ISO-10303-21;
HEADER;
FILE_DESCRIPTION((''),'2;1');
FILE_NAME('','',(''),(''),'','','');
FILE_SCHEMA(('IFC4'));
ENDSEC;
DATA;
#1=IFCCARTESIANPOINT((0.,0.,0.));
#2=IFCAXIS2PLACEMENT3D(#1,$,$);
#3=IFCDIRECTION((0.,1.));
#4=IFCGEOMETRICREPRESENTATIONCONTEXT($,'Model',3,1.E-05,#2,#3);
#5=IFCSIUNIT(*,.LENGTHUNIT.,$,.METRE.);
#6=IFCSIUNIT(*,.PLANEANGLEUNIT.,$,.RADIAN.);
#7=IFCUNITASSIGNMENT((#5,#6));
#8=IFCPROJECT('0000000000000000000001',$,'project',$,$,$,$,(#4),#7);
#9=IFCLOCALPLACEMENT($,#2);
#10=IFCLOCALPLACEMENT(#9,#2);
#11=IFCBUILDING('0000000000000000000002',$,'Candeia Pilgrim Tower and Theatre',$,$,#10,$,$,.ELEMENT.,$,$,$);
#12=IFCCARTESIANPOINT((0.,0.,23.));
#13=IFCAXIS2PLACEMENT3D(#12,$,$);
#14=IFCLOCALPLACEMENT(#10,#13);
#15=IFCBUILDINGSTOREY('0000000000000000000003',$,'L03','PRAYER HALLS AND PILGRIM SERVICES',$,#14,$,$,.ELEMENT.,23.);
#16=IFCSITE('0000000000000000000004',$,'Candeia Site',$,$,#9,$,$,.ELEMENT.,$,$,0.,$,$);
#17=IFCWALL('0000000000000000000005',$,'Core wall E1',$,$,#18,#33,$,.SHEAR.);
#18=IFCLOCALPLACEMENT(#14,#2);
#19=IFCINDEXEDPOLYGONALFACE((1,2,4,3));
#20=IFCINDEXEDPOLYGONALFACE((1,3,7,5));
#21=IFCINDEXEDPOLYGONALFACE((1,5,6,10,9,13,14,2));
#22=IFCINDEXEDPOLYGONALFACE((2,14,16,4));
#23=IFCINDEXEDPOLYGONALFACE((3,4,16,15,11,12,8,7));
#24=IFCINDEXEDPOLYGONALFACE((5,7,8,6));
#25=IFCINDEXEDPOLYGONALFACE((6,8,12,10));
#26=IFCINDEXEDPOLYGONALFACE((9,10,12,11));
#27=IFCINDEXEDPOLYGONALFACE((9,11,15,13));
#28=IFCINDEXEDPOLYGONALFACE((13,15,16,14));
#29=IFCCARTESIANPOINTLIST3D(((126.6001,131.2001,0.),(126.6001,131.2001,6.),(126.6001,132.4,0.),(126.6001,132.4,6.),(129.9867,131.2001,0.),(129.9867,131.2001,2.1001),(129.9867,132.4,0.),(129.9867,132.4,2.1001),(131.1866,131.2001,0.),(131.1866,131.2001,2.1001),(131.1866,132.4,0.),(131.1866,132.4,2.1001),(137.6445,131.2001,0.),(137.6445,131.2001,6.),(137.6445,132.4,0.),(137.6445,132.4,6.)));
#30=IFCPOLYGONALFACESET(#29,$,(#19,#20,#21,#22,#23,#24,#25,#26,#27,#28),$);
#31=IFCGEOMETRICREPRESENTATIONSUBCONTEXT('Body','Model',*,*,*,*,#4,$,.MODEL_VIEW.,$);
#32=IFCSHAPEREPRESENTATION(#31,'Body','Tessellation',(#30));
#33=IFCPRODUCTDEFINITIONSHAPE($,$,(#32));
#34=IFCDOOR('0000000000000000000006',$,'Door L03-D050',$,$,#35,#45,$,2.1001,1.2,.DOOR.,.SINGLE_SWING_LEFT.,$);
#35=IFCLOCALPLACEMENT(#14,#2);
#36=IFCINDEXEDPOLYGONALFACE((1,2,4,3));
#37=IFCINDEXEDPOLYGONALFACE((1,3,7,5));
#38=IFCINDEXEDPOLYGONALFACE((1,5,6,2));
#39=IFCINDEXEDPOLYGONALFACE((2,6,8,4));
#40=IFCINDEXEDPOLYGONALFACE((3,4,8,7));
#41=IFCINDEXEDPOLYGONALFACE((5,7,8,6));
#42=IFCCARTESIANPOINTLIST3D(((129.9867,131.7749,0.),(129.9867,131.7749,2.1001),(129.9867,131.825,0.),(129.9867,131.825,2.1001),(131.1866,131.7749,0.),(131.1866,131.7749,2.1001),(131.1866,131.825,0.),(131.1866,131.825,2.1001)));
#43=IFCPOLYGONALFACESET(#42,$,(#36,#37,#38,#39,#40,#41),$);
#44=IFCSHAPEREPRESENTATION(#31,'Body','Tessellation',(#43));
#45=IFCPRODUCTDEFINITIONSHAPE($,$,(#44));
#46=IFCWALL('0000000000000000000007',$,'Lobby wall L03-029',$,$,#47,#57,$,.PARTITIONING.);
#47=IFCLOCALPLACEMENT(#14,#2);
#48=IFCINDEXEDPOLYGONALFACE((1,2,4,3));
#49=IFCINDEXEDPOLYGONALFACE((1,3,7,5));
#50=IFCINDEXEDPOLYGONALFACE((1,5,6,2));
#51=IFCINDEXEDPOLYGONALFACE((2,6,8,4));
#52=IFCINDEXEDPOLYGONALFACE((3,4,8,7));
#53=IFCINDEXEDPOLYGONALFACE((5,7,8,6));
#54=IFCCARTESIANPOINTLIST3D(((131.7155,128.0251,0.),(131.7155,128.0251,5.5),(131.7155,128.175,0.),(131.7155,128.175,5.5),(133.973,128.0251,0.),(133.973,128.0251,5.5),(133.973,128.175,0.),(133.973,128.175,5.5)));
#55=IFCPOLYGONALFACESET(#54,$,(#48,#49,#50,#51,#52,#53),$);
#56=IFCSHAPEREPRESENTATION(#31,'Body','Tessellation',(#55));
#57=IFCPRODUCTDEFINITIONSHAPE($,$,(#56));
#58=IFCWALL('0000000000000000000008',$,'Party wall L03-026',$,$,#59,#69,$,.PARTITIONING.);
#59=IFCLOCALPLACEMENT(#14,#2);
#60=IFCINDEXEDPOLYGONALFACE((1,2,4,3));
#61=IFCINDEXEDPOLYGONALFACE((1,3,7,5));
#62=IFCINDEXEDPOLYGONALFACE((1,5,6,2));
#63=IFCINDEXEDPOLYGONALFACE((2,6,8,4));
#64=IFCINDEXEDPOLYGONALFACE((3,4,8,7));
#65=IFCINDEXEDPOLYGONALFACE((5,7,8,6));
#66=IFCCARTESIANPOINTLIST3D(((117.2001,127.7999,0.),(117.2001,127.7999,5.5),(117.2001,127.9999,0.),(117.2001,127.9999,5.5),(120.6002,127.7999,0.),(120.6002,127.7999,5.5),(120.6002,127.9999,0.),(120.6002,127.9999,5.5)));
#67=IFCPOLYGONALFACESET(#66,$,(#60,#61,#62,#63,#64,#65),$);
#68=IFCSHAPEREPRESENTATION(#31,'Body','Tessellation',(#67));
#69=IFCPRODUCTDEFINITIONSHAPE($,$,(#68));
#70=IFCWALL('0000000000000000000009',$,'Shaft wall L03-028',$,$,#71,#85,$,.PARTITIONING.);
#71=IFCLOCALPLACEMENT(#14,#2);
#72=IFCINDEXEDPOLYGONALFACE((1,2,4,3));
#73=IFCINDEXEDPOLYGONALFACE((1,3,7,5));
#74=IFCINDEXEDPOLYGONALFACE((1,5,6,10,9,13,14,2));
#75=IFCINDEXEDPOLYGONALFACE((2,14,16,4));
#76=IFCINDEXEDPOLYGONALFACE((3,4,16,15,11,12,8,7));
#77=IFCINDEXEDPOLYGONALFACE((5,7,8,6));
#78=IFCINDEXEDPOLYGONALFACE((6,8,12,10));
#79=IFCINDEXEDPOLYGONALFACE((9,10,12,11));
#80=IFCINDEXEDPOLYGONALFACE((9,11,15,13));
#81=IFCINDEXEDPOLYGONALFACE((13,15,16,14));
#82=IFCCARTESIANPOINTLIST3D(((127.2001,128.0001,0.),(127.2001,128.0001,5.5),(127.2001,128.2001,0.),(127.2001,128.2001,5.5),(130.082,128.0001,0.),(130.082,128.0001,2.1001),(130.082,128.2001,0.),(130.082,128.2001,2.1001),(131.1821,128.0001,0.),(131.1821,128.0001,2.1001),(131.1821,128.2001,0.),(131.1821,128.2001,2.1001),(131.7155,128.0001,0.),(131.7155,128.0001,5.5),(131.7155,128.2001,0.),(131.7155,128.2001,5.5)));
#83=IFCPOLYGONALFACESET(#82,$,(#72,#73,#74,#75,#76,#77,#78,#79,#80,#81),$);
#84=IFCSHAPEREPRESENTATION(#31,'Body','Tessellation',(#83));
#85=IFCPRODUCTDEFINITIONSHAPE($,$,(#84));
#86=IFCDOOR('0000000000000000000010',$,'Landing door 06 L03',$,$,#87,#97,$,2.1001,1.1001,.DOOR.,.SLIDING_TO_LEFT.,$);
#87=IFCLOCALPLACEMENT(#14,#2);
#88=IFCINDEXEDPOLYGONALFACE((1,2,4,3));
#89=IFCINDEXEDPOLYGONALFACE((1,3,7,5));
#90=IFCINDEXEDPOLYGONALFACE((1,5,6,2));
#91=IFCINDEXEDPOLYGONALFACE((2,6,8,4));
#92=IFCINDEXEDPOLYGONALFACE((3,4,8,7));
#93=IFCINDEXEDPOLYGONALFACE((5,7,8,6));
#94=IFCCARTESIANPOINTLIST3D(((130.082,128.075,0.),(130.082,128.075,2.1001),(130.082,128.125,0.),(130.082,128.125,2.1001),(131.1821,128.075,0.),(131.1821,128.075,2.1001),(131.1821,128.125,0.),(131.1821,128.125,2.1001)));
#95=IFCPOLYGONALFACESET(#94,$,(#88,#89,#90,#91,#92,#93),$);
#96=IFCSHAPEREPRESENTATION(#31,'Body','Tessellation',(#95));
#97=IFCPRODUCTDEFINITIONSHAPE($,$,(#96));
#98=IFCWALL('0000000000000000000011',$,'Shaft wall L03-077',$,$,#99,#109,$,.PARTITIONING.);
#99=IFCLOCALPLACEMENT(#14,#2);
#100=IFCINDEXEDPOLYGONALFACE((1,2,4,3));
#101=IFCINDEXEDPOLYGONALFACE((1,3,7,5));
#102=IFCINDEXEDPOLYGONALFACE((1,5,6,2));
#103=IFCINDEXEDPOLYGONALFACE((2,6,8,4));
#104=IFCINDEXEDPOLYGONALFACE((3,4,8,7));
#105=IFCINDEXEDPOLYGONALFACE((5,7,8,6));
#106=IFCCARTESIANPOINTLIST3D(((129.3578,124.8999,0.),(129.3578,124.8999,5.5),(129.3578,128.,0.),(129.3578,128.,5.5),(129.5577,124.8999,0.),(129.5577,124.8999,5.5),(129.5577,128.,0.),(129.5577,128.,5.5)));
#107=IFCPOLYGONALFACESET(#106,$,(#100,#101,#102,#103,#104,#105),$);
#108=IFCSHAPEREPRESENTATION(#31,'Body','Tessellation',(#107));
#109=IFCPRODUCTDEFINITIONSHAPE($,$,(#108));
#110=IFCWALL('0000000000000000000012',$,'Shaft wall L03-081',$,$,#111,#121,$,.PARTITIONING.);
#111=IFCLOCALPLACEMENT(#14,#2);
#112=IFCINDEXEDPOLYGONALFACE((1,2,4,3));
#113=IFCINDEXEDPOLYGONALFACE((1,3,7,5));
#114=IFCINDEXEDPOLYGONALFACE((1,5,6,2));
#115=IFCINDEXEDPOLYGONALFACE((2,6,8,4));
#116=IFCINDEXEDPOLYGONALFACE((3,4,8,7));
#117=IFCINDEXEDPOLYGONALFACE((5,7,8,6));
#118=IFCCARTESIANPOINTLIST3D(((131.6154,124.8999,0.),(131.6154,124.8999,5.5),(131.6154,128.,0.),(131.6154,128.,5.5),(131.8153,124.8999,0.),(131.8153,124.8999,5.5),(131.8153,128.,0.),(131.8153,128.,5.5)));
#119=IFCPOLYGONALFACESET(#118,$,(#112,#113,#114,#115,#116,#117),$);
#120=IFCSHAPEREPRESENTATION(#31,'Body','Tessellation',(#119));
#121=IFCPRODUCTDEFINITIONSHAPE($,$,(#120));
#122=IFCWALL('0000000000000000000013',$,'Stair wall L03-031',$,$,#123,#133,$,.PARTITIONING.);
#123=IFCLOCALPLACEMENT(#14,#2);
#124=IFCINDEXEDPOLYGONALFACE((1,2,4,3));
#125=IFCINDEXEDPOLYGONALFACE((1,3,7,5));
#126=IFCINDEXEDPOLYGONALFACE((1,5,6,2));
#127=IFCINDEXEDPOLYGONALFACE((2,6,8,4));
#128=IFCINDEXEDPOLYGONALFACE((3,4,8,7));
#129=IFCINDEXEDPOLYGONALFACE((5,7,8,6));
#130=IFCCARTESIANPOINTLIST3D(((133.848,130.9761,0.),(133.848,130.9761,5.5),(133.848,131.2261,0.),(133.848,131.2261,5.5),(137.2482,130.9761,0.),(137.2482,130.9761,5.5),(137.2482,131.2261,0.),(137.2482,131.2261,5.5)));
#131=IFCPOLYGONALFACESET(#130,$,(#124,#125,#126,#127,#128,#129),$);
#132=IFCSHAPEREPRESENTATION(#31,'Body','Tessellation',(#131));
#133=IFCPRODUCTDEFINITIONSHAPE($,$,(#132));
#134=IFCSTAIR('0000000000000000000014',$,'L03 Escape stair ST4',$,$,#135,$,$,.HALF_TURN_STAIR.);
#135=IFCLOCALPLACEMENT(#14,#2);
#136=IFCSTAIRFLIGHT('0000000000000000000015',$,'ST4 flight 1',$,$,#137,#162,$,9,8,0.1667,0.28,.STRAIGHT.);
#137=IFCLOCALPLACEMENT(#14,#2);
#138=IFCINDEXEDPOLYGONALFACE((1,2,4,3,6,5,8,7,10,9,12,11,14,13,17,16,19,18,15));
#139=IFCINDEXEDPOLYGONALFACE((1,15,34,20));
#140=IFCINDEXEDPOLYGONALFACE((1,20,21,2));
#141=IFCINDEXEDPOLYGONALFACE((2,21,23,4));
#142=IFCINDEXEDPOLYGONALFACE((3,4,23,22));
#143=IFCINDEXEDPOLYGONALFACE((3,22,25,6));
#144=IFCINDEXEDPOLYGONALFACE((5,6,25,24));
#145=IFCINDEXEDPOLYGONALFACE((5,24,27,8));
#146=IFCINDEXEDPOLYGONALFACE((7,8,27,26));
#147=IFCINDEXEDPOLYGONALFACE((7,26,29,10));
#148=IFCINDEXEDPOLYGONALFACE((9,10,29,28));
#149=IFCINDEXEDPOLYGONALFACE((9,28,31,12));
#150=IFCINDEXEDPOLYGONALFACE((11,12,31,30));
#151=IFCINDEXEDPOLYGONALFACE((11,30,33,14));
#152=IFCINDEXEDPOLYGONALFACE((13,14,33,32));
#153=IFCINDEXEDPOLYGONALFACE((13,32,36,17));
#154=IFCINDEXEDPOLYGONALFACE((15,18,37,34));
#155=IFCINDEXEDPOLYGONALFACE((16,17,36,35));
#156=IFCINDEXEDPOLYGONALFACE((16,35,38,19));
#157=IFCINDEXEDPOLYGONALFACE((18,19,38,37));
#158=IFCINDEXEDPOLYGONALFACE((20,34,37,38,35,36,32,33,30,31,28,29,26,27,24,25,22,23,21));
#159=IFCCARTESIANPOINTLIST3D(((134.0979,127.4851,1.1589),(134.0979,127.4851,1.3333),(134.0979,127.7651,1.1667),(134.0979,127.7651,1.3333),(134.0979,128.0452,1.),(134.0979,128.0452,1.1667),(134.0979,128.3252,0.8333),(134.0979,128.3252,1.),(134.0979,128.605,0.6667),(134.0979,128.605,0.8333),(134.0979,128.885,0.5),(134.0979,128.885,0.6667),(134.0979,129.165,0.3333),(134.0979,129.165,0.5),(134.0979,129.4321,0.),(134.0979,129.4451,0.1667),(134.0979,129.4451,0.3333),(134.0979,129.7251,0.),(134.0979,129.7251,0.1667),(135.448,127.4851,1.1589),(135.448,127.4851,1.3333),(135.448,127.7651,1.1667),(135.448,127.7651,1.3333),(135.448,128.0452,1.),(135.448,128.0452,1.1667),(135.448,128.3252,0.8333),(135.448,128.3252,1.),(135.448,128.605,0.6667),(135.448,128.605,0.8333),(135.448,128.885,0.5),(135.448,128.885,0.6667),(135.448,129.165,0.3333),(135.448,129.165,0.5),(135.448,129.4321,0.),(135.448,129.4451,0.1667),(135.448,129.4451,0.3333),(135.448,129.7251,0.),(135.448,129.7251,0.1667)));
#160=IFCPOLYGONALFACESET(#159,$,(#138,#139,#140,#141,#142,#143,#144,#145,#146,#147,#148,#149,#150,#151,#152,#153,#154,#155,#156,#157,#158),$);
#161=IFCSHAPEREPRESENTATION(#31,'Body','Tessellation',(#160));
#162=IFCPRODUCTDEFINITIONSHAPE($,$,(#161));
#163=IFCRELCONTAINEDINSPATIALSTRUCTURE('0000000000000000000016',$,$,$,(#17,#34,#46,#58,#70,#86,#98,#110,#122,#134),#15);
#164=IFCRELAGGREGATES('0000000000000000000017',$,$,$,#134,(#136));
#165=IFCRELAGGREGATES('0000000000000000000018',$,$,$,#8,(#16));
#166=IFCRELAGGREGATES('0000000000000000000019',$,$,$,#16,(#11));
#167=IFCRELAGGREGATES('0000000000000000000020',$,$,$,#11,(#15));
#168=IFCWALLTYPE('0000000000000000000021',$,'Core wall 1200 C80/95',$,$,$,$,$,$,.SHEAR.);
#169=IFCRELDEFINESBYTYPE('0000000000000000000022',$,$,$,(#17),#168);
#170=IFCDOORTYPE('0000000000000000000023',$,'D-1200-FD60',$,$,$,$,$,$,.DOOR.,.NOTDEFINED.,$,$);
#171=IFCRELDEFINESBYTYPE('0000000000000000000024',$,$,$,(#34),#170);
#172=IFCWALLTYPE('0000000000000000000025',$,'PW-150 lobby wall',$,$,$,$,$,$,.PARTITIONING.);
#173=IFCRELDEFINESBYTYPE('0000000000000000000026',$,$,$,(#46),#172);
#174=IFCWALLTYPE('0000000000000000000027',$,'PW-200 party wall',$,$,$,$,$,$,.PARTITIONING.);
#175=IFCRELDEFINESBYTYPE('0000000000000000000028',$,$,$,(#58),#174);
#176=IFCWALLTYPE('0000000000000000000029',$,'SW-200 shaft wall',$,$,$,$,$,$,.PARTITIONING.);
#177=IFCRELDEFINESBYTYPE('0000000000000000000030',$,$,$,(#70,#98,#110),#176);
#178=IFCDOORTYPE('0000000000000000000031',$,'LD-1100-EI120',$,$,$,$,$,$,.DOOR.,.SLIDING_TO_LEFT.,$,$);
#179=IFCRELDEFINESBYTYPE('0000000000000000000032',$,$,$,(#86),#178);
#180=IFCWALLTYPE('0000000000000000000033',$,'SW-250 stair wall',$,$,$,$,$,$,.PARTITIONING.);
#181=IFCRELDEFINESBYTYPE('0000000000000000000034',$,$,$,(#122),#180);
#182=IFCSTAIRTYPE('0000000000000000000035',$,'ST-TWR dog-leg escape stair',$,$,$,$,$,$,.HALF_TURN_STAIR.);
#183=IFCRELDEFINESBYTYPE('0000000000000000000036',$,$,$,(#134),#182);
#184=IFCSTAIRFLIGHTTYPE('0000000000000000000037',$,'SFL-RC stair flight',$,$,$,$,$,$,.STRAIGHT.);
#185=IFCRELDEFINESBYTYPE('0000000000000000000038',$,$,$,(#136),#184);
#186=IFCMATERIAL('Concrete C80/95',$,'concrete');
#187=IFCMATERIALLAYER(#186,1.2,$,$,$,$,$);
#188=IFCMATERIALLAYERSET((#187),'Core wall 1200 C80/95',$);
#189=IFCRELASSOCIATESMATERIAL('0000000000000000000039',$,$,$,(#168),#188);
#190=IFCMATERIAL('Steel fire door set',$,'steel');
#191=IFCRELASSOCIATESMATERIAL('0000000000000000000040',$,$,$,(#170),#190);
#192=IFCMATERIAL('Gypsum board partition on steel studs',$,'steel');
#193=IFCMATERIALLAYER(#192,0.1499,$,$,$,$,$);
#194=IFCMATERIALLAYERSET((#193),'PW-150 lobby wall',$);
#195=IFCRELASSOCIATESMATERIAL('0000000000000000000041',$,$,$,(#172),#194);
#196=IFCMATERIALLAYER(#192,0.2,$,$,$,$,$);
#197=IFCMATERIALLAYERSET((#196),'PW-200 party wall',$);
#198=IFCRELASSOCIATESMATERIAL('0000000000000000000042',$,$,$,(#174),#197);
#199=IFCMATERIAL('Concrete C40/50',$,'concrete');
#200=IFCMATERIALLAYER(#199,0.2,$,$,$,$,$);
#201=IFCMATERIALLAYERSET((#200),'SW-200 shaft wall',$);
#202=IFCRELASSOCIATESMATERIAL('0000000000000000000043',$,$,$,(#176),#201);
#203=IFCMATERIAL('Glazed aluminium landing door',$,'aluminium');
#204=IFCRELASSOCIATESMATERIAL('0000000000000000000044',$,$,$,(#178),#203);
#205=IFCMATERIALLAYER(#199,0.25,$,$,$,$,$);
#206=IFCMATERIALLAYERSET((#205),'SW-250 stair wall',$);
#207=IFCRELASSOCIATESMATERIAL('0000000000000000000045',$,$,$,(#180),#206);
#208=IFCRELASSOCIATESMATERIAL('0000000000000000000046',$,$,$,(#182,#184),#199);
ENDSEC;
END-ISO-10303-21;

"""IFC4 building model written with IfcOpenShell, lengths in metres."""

from ifc_helpers import new_model, si_unit, direction, frame, frame_2d, origin, place, context, subcontext, project, spatial, polyline, rectangle, outline, extrude, material, layer, layer_set, type_object, element, fill, aggregate, save


model = new_model("IFC4")

# Units and contexts
model_context = context("Model", 3, precision=1e-05, world=origin(), true_north=direction((0.0, 1.0)))
body_context = subcontext(model_context, "Body", "Model", "MODEL_VIEW")
ifc_project = project(units=[si_unit("LENGTHUNIT", "METRE"), si_unit("PLANEANGLEUNIT", "RADIAN")], contexts=[model_context])

# Site, building, storey
site_placement = place(None, origin())
site = spatial("IfcSite", under=ifc_project, at=site_placement, Name="Candeia Site", CompositionType="ELEMENT", RefElevation=0.0)
building_placement = place(site_placement, origin())
building = spatial("IfcBuilding", under=site, at=building_placement, Name="Candeia Pilgrim Tower and Theatre", CompositionType="ELEMENT")
storey_placement = place(building_placement, frame((0.0, 0.0, 23.0)))
storey = spatial("IfcBuildingStorey", under=building, at=storey_placement, Name="L03", Description="PRAYER HALLS AND PILGRIM SERVICES", CompositionType="ELEMENT", Elevation=23.0)

# Shared definitions
ifc_material_1 = material(Name="Concrete C80/95", Category="concrete")

# Wall, opening, door
ifc_layer_1 = layer(ifc_material_1, 1.2)
ifc_layer_set_1 = layer_set([ifc_layer_1], Name="Core wall 1200 C80/95")
wall_type_1 = type_object("IfcWallType", Name="Core wall 1200 C80/95", PredefinedType="SHEAR", material=ifc_layer_set_1)
wall_1_placement = place(storey_placement, frame((126.6001, 131.8, 0.0), z_axis=(0.0, 0.0, 1.0), x_axis=(1.0, 0.0, 0.0)))
wall_1 = element("IfcWall", 1, at=wall_1_placement, inside=storey, type_object=wall_type_1, Name="Core wall E1", PredefinedType="SHEAR", context=body_context, shape_type="SweptSolid", body=[
    extrude(rectangle(XDim=11.0444, YDim=1.2, at=frame_2d((5.5222, 0.0))), origin(), (0.0, 0.0, 1.0), 6.0),
])
opening_1_placement = place(wall_1_placement, frame((3.3865, 0.0, 0.0)))
opening_1 = element("IfcOpeningElement", 2, at=opening_1_placement, cuts=wall_1, PredefinedType="OPENING", context=body_context, shape_type="SweptSolid", body=[
    extrude(rectangle(XDim=1.2, YDim=2.1001, at=frame_2d((0.6001, 1.05))), frame((0.0, 0.6099, 0.0), z_axis=(0.0, -1.0, 0.0), x_axis=(1.0, 0.0, 0.0)), (0.0, 0.0, 1.0), 1.22),
])
ifc_material_2 = material(Name="Steel fire door set", Category="steel")
door_type_1 = type_object("IfcDoorType", Name="D-1200-FD60", OperationType="NOTDEFINED", PredefinedType="DOOR", material=ifc_material_2)
door_1_placement = place(opening_1_placement, origin())
door_1 = element("IfcDoor", 3, at=door_1_placement, inside=storey, type_object=door_type_1, Name="Door L03-D050", OperationType="SINGLE_SWING_LEFT", OverallHeight=2.1001, OverallWidth=1.2, PredefinedType="DOOR", context=body_context, shape_type="SweptSolid", body=[
    extrude(rectangle(XDim=1.2, YDim=2.1001, at=frame_2d((0.6001, 1.05))), frame((0.0, 0.0249, 0.0), z_axis=(0.0, -1.0, 0.0), x_axis=(1.0, 0.0, 0.0)), (0.0, 0.0, 1.0), 0.05),
])
fill(opening_1, door_1)

# Walls
ifc_material_3 = material(Name="Gypsum board partition on steel studs", Category="steel")
ifc_layer_2 = layer(ifc_material_3, 0.1499)
ifc_layer_set_2 = layer_set([ifc_layer_2], Name="PW-150 lobby wall")
wall_type_2 = type_object("IfcWallType", Name="PW-150 lobby wall", PredefinedType="PARTITIONING", material=ifc_layer_set_2)
wall_2_placement = place(storey_placement, frame((131.7153, 128.1001, 0.0), z_axis=(0.0, 0.0, 1.0), x_axis=(1.0, 0.0, 0.0)))
element("IfcWall", 4, at=wall_2_placement, inside=storey, type_object=wall_type_2, Name="Lobby wall L03-029", PredefinedType="PARTITIONING", context=body_context, shape_type="SweptSolid", body=[
    extrude(rectangle(XDim=2.2576, YDim=0.1499, at=frame_2d((1.1289, 0.0))), origin(), (0.0, 0.0, 1.0), 5.5),
])
ifc_layer_3 = layer(ifc_material_3, 0.2)
ifc_layer_set_3 = layer_set([ifc_layer_3], Name="PW-200 party wall")
wall_type_3 = type_object("IfcWallType", Name="PW-200 party wall", PredefinedType="PARTITIONING", material=ifc_layer_set_3)
wall_3_placement = place(storey_placement, frame((117.2, 127.8999, 0.0), z_axis=(0.0, 0.0, 1.0), x_axis=(1.0, 0.0, 0.0)))
element("IfcWall", 5, at=wall_3_placement, inside=storey, type_object=wall_type_3, Name="Party wall L03-026", PredefinedType="PARTITIONING", context=body_context, shape_type="SweptSolid", body=[
    extrude(rectangle(XDim=3.4001, YDim=0.2, at=frame_2d((1.7002, 0.0))), origin(), (0.0, 0.0, 1.0), 5.5),
])

# Wall, opening, door
ifc_material_4 = material(Name="Concrete C40/50", Category="concrete")
ifc_layer_4 = layer(ifc_material_4, 0.2)
ifc_layer_set_4 = layer_set([ifc_layer_4], Name="SW-200 shaft wall")
wall_type_4 = type_object("IfcWallType", Name="SW-200 shaft wall", PredefinedType="PARTITIONING", material=ifc_layer_set_4)
wall_4_placement = place(storey_placement, frame((127.2, 128.1001, 0.0), z_axis=(0.0, 0.0, 1.0), x_axis=(1.0, 0.0, 0.0)))
wall_4 = element("IfcWall", 6, at=wall_4_placement, inside=storey, type_object=wall_type_4, Name="Shaft wall L03-028", PredefinedType="PARTITIONING", context=body_context, shape_type="SweptSolid", body=[
    extrude(rectangle(XDim=4.5154, YDim=0.2, at=frame_2d((2.2578, 0.0))), origin(), (0.0, 0.0, 1.0), 5.5),
])
opening_2_placement = place(wall_4_placement, frame((2.8821, 0.0, 0.0)))
opening_2 = element("IfcOpeningElement", 7, at=opening_2_placement, cuts=wall_4, PredefinedType="OPENING", context=body_context, shape_type="SweptSolid", body=[
    extrude(rectangle(XDim=1.1001, YDim=2.1001, at=frame_2d((0.55, 1.05))), frame((0.0, 0.1099, 0.0), z_axis=(0.0, -1.0, 0.0), x_axis=(1.0, 0.0, 0.0)), (0.0, 0.0, 1.0), 0.22),
])
ifc_material_5 = material(Name="Glazed aluminium landing door", Category="aluminium")
door_type_2 = type_object("IfcDoorType", Name="LD-1100-EI120", OperationType="SLIDING_TO_LEFT", PredefinedType="DOOR", material=ifc_material_5)
door_2_placement = place(opening_2_placement, origin())
door_2 = element("IfcDoor", 8, at=door_2_placement, inside=storey, type_object=door_type_2, Name="Landing door 06 L03", OperationType="SLIDING_TO_LEFT", OverallHeight=2.1001, OverallWidth=1.1001, PredefinedType="DOOR", context=body_context, shape_type="SweptSolid", body=[
    extrude(rectangle(XDim=1.1001, YDim=2.1001, at=frame_2d((0.55, 1.05))), frame((0.0, 0.0249, 0.0), z_axis=(0.0, -1.0, 0.0), x_axis=(1.0, 0.0, 0.0)), (0.0, 0.0, 1.0), 0.05),
])
fill(opening_2, door_2)

# Walls
for number, where, z_axis, x_axis, name in (
    (9, (129.4578, 124.8999, 0.0), (0.0, 0.0, 1.0), (0.0, 1.0, 0.0), "Shaft wall L03-077"),
    (10, (131.7153, 124.8999, 0.0), (0.0, 0.0, 1.0), (0.0, 1.0, 0.0), "Shaft wall L03-081"),
):
    element("IfcWall", number, at=place(storey_placement, frame(where, z_axis=z_axis, x_axis=x_axis)), inside=storey, type_object=wall_type_4, Name=name, PredefinedType="PARTITIONING", context=body_context, shape_type="SweptSolid", body=[
        extrude(rectangle(XDim=3.1001, YDim=0.2, at=frame_2d((1.55, 0.0))), origin(), (0.0, 0.0, 1.0), 5.5),
    ])
ifc_layer_5 = layer(ifc_material_4, 0.25)
ifc_layer_set_5 = layer_set([ifc_layer_5], Name="SW-250 stair wall")
wall_type_5 = type_object("IfcWallType", Name="SW-250 stair wall", PredefinedType="PARTITIONING", material=ifc_layer_set_5)
wall_5_placement = place(storey_placement, frame((133.8479, 131.1011, 0.0), z_axis=(0.0, 0.0, 1.0), x_axis=(1.0, 0.0, 0.0)))
element("IfcWall", 11, at=wall_5_placement, inside=storey, type_object=wall_type_5, Name="Stair wall L03-031", PredefinedType="PARTITIONING", context=body_context, shape_type="SweptSolid", body=[
    extrude(rectangle(XDim=3.4001, YDim=0.25, at=frame_2d((1.7002, 0.0))), origin(), (0.0, 0.0, 1.0), 5.5),
])

# Stair, stair flight
stair_type = type_object("IfcStairType", Name="ST-TWR dog-leg escape stair", PredefinedType="HALF_TURN_STAIR", material=ifc_material_4)
stair_placement = place(storey_placement, origin())
stair = element("IfcStair", 12, at=stair_placement, inside=storey, type_object=stair_type, Name="L03 Escape stair ST4", PredefinedType="HALF_TURN_STAIR")
stair_flight_type = type_object("IfcStairFlightType", Name="SFL-RC stair flight", PredefinedType="STRAIGHT", material=ifc_material_4)
stair_flight_1_placement = place(storey_placement, frame((134.7729, 129.7251, 0.0), z_axis=(0.0, 0.0, 1.0), x_axis=(0.0, -1.0, 0.0)))
stair_flight_1 = element("IfcStairFlight", 13, at=stair_flight_1_placement, type_object=stair_flight_type, Name="ST4 flight 1", NumberOfRisers=9, NumberOfTreads=8, PredefinedType="STRAIGHT", RiserHeight=0.1667, TreadLength=0.28, context=body_context, shape_type="SweptSolid", body=[
    extrude(outline(polyline([(0.0, 0.0), (0.0, 0.1667), (0.28, 0.1667), (0.28, 0.3333), (0.5601, 0.3333), (0.5601, 0.5), (0.8401, 0.5), (0.8401, 0.6667), (1.1201, 0.6667), (1.1201, 0.8333), (1.3999, 0.8333), (1.3999, 1.0), (1.6799, 1.0), (1.6799, 1.1667), (1.96, 1.1667), (1.96, 1.3333), (2.24, 1.3333), (2.24, 1.5), (2.24, 1.1589), (0.293, 0.0), (0.0, 0.0)])), frame((0.0, 0.675, 0.0), z_axis=(0.0, -1.0, 0.0), x_axis=(1.0, 0.0, 0.0)), (0.0, 0.0, 1.0), 1.3501),
])
aggregate(stair, [stair_flight_1])

save(model, "model.ifc")
